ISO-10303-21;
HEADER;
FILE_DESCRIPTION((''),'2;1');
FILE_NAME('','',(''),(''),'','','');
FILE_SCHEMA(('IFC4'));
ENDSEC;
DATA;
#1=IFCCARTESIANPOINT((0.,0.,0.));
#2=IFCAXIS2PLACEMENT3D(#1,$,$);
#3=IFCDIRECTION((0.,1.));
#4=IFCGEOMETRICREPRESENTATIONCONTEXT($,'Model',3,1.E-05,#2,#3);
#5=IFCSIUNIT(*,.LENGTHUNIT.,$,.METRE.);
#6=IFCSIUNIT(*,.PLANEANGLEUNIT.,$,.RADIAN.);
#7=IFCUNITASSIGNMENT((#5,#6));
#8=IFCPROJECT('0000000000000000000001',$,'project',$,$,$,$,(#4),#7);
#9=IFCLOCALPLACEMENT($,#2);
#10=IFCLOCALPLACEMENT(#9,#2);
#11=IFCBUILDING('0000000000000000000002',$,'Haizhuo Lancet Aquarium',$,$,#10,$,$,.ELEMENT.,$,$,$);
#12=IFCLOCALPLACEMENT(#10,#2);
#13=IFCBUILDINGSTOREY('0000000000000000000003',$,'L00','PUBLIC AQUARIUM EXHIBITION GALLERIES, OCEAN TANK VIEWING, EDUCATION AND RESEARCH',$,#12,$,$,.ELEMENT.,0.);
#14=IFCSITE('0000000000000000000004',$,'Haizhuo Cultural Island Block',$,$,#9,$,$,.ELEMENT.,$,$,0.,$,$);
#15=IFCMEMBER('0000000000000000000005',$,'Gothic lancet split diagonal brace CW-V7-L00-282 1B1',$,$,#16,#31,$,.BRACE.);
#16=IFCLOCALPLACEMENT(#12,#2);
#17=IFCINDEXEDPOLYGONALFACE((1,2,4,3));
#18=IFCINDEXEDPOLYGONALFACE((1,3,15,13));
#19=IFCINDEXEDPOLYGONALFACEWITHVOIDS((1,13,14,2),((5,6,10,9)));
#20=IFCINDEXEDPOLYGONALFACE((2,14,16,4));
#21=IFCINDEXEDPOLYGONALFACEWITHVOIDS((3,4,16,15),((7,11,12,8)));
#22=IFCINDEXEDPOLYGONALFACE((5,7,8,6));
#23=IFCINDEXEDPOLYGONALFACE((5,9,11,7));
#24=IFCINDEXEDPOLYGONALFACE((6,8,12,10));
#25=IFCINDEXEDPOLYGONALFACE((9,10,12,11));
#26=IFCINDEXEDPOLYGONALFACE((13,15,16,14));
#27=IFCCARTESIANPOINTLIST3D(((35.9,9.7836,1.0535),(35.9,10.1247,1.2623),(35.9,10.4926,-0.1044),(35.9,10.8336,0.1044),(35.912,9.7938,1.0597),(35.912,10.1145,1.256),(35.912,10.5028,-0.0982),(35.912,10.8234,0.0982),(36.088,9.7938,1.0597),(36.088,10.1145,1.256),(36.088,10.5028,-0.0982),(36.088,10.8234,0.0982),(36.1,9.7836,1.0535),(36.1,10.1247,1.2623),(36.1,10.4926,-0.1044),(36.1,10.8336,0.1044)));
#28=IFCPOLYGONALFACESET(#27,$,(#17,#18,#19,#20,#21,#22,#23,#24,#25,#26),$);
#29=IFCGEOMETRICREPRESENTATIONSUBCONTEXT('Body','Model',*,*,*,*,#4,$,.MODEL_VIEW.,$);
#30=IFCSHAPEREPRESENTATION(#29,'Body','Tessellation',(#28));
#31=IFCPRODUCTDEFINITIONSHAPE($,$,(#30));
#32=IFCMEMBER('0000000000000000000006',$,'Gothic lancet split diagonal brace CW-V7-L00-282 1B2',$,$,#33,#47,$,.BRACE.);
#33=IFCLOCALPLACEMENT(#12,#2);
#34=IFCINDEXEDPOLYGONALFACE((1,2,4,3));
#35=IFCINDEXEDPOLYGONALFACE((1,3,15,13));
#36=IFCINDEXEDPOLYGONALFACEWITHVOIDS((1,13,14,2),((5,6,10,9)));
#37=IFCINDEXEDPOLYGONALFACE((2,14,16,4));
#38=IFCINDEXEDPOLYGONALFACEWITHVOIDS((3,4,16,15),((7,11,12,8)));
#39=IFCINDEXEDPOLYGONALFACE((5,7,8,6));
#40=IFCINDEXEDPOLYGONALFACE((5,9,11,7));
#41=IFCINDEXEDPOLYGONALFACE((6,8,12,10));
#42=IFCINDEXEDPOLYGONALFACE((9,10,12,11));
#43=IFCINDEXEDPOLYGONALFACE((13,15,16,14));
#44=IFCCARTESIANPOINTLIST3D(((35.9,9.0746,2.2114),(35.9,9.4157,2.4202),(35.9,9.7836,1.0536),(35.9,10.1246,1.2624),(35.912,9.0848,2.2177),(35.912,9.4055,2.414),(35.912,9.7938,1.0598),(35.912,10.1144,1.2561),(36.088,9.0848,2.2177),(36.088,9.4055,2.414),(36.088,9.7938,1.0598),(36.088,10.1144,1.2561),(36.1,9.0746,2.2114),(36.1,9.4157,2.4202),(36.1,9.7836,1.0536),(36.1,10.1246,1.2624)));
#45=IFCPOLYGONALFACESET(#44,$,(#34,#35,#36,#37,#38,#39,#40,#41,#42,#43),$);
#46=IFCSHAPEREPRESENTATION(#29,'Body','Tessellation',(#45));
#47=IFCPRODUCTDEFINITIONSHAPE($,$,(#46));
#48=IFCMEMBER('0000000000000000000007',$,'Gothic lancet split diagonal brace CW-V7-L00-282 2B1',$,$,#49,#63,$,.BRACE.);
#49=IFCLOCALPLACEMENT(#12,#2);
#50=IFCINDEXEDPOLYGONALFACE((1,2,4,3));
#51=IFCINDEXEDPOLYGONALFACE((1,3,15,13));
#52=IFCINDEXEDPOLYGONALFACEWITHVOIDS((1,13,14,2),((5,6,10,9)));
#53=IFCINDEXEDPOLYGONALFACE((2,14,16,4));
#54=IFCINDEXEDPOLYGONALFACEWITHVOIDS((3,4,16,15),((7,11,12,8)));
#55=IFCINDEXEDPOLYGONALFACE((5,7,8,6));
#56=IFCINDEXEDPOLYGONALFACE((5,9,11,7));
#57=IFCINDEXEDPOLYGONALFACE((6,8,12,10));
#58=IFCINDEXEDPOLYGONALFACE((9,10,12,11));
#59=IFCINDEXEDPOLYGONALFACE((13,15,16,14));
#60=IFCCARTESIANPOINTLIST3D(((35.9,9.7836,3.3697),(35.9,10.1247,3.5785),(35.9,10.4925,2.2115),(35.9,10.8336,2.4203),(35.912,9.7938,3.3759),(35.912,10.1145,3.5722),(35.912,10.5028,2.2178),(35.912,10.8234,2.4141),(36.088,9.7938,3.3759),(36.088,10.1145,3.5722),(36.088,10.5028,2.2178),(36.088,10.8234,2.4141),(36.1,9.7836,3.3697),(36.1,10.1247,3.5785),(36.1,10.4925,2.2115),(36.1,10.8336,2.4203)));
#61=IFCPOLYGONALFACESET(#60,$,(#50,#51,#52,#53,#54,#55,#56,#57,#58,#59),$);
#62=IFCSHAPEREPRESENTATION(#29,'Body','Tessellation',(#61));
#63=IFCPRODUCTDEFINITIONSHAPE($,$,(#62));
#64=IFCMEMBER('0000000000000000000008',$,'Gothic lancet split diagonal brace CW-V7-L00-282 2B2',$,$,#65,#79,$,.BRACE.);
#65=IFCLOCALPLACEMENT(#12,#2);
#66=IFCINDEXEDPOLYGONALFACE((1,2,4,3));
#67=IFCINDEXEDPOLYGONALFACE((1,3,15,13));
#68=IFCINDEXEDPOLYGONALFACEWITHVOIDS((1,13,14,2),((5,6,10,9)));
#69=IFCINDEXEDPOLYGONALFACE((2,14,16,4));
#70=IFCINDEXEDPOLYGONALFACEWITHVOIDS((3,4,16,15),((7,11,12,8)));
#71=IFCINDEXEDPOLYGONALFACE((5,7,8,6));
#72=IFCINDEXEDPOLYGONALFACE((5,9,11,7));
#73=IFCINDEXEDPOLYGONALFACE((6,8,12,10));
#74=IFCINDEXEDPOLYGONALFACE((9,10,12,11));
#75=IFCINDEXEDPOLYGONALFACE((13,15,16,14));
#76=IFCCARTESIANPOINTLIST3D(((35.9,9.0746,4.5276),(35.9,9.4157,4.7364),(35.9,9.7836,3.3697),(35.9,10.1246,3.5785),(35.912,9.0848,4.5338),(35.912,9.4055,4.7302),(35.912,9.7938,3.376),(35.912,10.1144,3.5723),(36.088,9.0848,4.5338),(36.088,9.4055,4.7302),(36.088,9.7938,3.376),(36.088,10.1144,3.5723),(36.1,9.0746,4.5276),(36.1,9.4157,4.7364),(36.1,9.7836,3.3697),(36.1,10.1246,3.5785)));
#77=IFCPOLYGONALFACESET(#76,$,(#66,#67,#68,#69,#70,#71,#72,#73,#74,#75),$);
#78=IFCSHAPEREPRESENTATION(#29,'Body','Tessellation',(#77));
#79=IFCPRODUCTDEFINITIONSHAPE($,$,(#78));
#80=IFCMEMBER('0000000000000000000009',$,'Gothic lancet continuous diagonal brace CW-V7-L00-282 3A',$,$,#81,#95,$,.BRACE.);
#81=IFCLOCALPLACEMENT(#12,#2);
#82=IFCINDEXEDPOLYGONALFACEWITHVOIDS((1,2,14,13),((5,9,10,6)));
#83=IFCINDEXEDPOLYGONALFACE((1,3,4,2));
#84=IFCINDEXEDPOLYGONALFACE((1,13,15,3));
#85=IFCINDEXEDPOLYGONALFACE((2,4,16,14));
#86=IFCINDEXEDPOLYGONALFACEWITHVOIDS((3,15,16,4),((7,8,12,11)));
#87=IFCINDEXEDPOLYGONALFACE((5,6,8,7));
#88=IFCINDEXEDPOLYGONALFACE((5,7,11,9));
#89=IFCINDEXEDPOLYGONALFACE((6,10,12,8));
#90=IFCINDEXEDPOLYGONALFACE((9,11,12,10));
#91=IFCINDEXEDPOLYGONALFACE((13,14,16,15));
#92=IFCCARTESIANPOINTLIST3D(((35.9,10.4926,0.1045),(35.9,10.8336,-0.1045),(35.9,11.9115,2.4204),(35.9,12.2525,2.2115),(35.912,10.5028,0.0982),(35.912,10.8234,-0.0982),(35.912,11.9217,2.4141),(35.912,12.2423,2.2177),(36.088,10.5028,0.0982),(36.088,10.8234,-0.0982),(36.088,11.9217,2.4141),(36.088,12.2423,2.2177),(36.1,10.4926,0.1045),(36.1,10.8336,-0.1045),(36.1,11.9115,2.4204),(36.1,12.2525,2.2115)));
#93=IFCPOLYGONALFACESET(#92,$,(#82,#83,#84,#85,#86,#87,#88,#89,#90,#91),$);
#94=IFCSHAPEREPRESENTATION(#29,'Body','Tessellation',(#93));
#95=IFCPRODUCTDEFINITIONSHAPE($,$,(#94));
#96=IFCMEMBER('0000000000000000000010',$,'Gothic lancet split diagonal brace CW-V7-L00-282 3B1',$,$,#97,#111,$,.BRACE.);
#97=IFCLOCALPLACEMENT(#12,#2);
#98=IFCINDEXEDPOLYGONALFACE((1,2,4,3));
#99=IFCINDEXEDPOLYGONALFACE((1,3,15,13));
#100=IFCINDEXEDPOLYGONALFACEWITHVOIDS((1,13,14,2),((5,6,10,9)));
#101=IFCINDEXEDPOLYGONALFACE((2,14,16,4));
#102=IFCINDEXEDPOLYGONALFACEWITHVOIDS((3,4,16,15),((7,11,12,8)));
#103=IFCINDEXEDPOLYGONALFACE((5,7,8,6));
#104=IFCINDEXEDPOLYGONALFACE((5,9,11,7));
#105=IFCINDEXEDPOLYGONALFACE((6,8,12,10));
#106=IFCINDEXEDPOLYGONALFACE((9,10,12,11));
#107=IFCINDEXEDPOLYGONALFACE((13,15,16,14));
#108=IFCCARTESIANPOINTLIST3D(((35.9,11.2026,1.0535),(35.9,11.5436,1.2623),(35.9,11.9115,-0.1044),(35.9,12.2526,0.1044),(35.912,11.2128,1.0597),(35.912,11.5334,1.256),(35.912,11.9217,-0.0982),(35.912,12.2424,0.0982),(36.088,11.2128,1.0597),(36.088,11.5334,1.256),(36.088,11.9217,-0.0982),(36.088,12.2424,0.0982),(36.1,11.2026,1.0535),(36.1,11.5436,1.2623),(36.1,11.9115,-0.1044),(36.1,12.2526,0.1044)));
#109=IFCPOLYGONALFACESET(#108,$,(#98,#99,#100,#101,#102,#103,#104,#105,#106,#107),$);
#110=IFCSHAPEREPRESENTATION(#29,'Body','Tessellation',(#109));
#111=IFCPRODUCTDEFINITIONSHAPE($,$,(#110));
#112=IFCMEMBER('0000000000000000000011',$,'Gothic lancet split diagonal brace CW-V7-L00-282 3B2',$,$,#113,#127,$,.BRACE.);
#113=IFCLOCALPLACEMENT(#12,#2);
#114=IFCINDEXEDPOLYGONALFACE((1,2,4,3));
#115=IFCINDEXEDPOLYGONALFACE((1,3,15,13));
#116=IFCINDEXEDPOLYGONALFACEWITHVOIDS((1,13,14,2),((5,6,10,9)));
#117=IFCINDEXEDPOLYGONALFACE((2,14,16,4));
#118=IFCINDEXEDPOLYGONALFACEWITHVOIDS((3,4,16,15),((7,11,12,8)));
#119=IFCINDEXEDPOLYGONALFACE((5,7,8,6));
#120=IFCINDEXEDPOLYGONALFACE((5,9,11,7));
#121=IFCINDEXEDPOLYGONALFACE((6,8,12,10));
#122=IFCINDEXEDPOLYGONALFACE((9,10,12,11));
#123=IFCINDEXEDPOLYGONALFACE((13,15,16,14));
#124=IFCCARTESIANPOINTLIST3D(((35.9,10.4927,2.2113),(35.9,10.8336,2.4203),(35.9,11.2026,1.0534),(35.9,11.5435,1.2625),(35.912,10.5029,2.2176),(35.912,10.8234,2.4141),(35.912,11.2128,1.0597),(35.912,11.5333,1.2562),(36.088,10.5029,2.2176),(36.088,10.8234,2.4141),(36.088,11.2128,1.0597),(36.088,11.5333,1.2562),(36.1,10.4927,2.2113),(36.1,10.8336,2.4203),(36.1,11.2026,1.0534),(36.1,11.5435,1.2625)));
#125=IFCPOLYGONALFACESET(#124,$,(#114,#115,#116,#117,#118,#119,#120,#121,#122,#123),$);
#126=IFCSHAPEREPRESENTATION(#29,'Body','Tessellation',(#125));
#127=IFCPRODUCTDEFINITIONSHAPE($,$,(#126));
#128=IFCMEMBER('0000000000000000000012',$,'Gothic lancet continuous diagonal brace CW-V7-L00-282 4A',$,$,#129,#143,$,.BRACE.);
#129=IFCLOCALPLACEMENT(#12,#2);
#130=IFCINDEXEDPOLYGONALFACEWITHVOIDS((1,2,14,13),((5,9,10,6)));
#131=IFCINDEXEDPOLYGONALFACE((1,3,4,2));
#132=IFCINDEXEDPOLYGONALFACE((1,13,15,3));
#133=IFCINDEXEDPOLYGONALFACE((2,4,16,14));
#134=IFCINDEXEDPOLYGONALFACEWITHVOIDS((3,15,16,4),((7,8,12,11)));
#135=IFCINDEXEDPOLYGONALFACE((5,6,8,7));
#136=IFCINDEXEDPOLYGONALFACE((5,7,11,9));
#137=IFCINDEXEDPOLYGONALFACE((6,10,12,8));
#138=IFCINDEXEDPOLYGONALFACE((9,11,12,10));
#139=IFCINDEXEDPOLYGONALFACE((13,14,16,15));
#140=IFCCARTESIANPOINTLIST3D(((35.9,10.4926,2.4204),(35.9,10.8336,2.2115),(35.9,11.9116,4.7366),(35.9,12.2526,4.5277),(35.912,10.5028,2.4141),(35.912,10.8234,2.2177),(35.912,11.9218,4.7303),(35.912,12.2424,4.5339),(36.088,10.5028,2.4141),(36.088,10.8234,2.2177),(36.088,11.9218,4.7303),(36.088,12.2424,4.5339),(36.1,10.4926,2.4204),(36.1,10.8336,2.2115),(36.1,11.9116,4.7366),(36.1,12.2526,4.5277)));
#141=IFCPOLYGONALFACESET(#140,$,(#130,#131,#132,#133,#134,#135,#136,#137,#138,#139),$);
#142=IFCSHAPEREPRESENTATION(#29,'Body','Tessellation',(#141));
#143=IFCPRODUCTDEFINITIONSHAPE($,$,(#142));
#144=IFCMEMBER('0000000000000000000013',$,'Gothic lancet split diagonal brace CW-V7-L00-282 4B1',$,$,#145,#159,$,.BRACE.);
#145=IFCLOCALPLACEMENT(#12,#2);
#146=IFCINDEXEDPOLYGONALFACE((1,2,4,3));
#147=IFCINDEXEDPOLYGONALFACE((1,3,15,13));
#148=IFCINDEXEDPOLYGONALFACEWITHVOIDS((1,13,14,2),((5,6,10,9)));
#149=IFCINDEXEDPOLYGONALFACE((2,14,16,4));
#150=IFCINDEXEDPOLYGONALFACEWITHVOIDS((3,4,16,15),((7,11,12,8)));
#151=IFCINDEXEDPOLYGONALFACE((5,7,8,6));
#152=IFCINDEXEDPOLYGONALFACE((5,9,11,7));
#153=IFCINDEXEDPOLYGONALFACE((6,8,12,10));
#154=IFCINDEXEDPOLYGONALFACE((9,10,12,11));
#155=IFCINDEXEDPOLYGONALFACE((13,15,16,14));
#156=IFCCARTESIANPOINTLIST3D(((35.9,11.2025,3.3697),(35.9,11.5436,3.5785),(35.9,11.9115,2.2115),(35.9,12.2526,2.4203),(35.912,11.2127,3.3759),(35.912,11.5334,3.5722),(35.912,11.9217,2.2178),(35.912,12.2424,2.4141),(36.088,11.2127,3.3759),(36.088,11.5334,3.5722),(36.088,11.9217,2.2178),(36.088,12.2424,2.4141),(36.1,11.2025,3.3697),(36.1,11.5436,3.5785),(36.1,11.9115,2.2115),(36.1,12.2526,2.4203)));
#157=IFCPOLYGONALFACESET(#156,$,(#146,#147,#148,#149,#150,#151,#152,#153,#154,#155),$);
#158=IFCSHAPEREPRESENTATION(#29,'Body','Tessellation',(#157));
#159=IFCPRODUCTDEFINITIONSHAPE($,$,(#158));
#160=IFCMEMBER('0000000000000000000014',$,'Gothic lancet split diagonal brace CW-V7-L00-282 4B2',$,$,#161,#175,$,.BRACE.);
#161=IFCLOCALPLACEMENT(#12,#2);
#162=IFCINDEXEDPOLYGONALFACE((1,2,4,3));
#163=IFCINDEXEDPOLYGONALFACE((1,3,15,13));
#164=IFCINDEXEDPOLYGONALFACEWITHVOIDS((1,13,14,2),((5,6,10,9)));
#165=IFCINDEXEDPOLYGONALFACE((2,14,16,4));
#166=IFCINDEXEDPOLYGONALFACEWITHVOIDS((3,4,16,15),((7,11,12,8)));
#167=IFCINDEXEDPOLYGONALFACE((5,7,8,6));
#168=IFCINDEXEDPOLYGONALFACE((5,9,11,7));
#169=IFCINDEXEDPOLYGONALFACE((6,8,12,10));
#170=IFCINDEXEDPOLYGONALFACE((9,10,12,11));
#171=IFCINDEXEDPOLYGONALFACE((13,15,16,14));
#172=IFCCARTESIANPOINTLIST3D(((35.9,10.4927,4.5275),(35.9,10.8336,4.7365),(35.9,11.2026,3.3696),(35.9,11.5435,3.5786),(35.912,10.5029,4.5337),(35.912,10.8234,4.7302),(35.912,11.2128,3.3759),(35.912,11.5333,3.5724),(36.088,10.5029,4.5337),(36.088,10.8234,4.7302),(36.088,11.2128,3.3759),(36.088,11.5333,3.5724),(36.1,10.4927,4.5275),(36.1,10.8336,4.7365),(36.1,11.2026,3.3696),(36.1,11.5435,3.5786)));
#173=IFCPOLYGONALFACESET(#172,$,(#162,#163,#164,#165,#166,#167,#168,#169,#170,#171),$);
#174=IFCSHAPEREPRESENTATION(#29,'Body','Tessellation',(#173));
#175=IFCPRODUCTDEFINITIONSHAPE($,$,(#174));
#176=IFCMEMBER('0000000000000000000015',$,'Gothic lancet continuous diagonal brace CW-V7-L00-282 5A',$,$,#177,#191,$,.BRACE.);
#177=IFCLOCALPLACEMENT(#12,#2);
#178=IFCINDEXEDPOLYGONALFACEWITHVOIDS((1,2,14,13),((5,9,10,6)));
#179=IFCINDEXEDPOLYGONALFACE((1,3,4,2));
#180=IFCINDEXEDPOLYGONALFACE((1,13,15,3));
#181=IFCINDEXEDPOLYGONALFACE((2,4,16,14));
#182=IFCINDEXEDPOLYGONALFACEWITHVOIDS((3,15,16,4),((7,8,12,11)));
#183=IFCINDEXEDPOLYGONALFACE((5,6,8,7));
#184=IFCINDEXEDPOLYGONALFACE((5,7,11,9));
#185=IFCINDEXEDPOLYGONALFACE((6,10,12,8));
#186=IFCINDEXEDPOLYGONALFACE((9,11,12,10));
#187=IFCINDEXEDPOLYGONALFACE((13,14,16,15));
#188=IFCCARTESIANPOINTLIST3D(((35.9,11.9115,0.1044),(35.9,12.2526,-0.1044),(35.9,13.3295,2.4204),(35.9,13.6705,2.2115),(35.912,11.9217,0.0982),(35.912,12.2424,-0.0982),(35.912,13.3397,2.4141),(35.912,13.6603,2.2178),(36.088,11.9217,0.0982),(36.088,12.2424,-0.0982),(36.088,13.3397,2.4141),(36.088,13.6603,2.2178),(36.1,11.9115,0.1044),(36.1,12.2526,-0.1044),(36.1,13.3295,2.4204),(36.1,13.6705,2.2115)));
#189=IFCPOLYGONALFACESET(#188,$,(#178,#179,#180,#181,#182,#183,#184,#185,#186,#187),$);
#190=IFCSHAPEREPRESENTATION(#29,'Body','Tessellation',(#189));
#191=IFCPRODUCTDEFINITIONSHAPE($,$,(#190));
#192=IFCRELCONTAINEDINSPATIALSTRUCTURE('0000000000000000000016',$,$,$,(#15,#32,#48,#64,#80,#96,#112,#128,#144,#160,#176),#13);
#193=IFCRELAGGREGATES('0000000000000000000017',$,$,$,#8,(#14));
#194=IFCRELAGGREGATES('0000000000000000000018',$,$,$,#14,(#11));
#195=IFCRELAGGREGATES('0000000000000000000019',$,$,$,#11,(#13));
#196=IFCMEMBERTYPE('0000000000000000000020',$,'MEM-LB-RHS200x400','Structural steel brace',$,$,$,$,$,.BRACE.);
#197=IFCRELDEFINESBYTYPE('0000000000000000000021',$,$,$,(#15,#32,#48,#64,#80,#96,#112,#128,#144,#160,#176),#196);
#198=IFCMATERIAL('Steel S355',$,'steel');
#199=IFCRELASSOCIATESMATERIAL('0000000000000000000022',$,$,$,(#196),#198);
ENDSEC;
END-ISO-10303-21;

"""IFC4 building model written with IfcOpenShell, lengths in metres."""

from ifc_helpers import new_model, si_unit, direction, frame, origin, origin_2d, place, context, subcontext, project, spatial, hollow_rectangle, extrude, material, material_profile, profile_set, type_object, element, save


model = new_model("IFC4")

# Units and contexts
model_context = context("Model", 3, precision=1e-05, world=origin(), true_north=direction((0.0, 1.0)))
body_context = subcontext(model_context, "Body", "Model", "MODEL_VIEW")
ifc_project = project(units=[si_unit("LENGTHUNIT", "METRE"), si_unit("PLANEANGLEUNIT", "RADIAN")], contexts=[model_context])

# Site, building, storey
site_placement = place(None, origin())
site = spatial("IfcSite", under=ifc_project, at=site_placement, Name="Haizhuo Cultural Island Block", CompositionType="ELEMENT", RefElevation=0.0)
building_placement = place(site_placement, origin())
building = spatial("IfcBuilding", under=site, at=building_placement, Name="Haizhuo Lancet Aquarium", CompositionType="ELEMENT")
storey_placement = place(building_placement, origin())
storey = spatial("IfcBuildingStorey", under=building, at=storey_placement, Name="L00", Description="PUBLIC AQUARIUM EXHIBITION GALLERIES, OCEAN TANK VIEWING, EDUCATION AND RESEARCH", CompositionType="ELEMENT", Elevation=0.0)

# Members
ifc_material_1 = material(Name="Steel S355", Category="steel")
ifc_material_profile_1 = material_profile(ifc_material_1, hollow_rectangle(XDim=0.2, YDim=0.3999, WallThickness=0.012, at=origin_2d()), Name="RHS 200x400x12")
ifc_profile_set_1 = profile_set([ifc_material_profile_1], Name="Steel S355")
member_type_1 = type_object("IfcMemberType", Name="MEM-LB-RHS200x400", Description="Structural steel brace", PredefinedType="BRACE", material=ifc_profile_set_1)
for number, where, z_axis, x_axis, name in (
    (1, (36.0, 10.6631, 0.0), (0.0, -0.52217, 0.852841), (1.0, 0.0, 0.0), "Gothic lancet split diagonal brace CW-V7-L00-282 1B1"),
    (2, (36.0, 9.9541, 1.158), (0.0, -0.52217, 0.852841), (1.0, 0.0, 0.0), "Gothic lancet split diagonal brace CW-V7-L00-282 1B2"),
):
    element("IfcMember", number, at=place(storey_placement, frame(where, z_axis=z_axis, x_axis=x_axis)), inside=storey, type_object=member_type_1, Name=name, PredefinedType="BRACE", context=body_context, shape_type="SweptSolid", body=[
        extrude(hollow_rectangle(XDim=0.2, YDim=0.3999, WallThickness=0.012, at=origin_2d()), origin(), (0.0, 0.0, 1.0), 1.3577),
    ])
member_1_placement = place(storey_placement, frame((36.0, 10.6631, 2.3159), z_axis=(0.0, -0.52209, 0.852891), x_axis=(1.0, 0.0, 0.0)))
element("IfcMember", 3, at=member_1_placement, inside=storey, type_object=member_type_1, Name="Gothic lancet split diagonal brace CW-V7-L00-282 2B1", PredefinedType="BRACE", context=body_context, shape_type="SweptSolid", body=[
    extrude(hollow_rectangle(XDim=0.2, YDim=0.3999, WallThickness=0.012, at=origin_2d()), origin(), (0.0, 0.0, 1.0), 1.3579),
])
member_2_placement = place(storey_placement, frame((36.0, 9.9541, 3.4741), z_axis=(0.0, -0.52217, 0.852841), x_axis=(1.0, 0.0, 0.0)))
element("IfcMember", 4, at=member_2_placement, inside=storey, type_object=member_type_1, Name="Gothic lancet split diagonal brace CW-V7-L00-282 2B2", PredefinedType="BRACE", context=body_context, shape_type="SweptSolid", body=[
    extrude(hollow_rectangle(XDim=0.2, YDim=0.3999, WallThickness=0.012, at=origin_2d()), origin(), (0.0, 0.0, 1.0), 1.3577),
])
member_3_placement = place(storey_placement, frame((36.0, 10.6631, 0.0), z_axis=(0.0, 0.522431, 0.852681), x_axis=(-1.0, 0.0, 0.0)))
element("IfcMember", 5, at=member_3_placement, inside=storey, type_object=member_type_1, Name="Gothic lancet continuous diagonal brace CW-V7-L00-282 3A", PredefinedType="BRACE", context=body_context, shape_type="SweptSolid", body=[
    extrude(hollow_rectangle(XDim=0.2, YDim=0.3999, WallThickness=0.012, at=origin_2d()), origin(), (0.0, 0.0, 1.0), 2.7161),
])
member_4_placement = place(storey_placement, frame((36.0, 12.082, 0.0), z_axis=(0.0, -0.52217, 0.852841), x_axis=(1.0, 0.0, 0.0)))
element("IfcMember", 6, at=member_4_placement, inside=storey, type_object=member_type_1, Name="Gothic lancet split diagonal brace CW-V7-L00-282 3B1", PredefinedType="BRACE", context=body_context, shape_type="SweptSolid", body=[
    extrude(hollow_rectangle(XDim=0.2, YDim=0.3999, WallThickness=0.012, at=origin_2d()), origin(), (0.0, 0.0, 1.0), 1.3577),
])
member_5_placement = place(storey_placement, frame((36.0, 11.373, 1.158), z_axis=(0.0, -0.522693, 0.852521), x_axis=(1.0, 0.0, 0.0)))
element("IfcMember", 7, at=member_5_placement, inside=storey, type_object=member_type_1, Name="Gothic lancet split diagonal brace CW-V7-L00-282 3B2", PredefinedType="BRACE", context=body_context, shape_type="SweptSolid", body=[
    extrude(hollow_rectangle(XDim=0.2, YDim=0.3999, WallThickness=0.012, at=origin_2d()), origin(), (0.0, 0.0, 1.0), 1.3582),
])
member_6_placement = place(storey_placement, frame((36.0, 10.6631, 2.3159), z_axis=(0.0, 0.522391, 0.852706), x_axis=(-1.0, 0.0, 0.0)))
element("IfcMember", 8, at=member_6_placement, inside=storey, type_object=member_type_1, Name="Gothic lancet continuous diagonal brace CW-V7-L00-282 4A", PredefinedType="BRACE", context=body_context, shape_type="SweptSolid", body=[
    extrude(hollow_rectangle(XDim=0.2, YDim=0.3999, WallThickness=0.012, at=origin_2d()), origin(), (0.0, 0.0, 1.0), 2.7163),
])
member_7_placement = place(storey_placement, frame((36.0, 12.082, 2.3159), z_axis=(0.0, -0.52209, 0.852891), x_axis=(1.0, 0.0, 0.0)))
element("IfcMember", 9, at=member_7_placement, inside=storey, type_object=member_type_1, Name="Gothic lancet split diagonal brace CW-V7-L00-282 4B1", PredefinedType="BRACE", context=body_context, shape_type="SweptSolid", body=[
    extrude(hollow_rectangle(XDim=0.2, YDim=0.3999, WallThickness=0.012, at=origin_2d()), origin(), (0.0, 0.0, 1.0), 1.3579),
])
member_8_placement = place(storey_placement, frame((36.0, 11.373, 3.4741), z_axis=(0.0, -0.522693, 0.852521), x_axis=(1.0, 0.0, 0.0)))
element("IfcMember", 10, at=member_8_placement, inside=storey, type_object=member_type_1, Name="Gothic lancet split diagonal brace CW-V7-L00-282 4B2", PredefinedType="BRACE", context=body_context, shape_type="SweptSolid", body=[
    extrude(hollow_rectangle(XDim=0.2, YDim=0.3999, WallThickness=0.012, at=origin_2d()), origin(), (0.0, 0.0, 1.0), 1.3582),
])
member_9_placement = place(storey_placement, frame((36.0, 12.082, 0.0), z_axis=(0.0, 0.52217, 0.852841), x_axis=(-1.0, 0.0, 0.0)))
element("IfcMember", 11, at=member_9_placement, inside=storey, type_object=member_type_1, Name="Gothic lancet continuous diagonal brace CW-V7-L00-282 5A", PredefinedType="BRACE", context=body_context, shape_type="SweptSolid", body=[
    extrude(hollow_rectangle(XDim=0.2, YDim=0.3999, WallThickness=0.012, at=origin_2d()), origin(), (0.0, 0.0, 1.0), 2.7156),
])

save(model, "model.ifc")
